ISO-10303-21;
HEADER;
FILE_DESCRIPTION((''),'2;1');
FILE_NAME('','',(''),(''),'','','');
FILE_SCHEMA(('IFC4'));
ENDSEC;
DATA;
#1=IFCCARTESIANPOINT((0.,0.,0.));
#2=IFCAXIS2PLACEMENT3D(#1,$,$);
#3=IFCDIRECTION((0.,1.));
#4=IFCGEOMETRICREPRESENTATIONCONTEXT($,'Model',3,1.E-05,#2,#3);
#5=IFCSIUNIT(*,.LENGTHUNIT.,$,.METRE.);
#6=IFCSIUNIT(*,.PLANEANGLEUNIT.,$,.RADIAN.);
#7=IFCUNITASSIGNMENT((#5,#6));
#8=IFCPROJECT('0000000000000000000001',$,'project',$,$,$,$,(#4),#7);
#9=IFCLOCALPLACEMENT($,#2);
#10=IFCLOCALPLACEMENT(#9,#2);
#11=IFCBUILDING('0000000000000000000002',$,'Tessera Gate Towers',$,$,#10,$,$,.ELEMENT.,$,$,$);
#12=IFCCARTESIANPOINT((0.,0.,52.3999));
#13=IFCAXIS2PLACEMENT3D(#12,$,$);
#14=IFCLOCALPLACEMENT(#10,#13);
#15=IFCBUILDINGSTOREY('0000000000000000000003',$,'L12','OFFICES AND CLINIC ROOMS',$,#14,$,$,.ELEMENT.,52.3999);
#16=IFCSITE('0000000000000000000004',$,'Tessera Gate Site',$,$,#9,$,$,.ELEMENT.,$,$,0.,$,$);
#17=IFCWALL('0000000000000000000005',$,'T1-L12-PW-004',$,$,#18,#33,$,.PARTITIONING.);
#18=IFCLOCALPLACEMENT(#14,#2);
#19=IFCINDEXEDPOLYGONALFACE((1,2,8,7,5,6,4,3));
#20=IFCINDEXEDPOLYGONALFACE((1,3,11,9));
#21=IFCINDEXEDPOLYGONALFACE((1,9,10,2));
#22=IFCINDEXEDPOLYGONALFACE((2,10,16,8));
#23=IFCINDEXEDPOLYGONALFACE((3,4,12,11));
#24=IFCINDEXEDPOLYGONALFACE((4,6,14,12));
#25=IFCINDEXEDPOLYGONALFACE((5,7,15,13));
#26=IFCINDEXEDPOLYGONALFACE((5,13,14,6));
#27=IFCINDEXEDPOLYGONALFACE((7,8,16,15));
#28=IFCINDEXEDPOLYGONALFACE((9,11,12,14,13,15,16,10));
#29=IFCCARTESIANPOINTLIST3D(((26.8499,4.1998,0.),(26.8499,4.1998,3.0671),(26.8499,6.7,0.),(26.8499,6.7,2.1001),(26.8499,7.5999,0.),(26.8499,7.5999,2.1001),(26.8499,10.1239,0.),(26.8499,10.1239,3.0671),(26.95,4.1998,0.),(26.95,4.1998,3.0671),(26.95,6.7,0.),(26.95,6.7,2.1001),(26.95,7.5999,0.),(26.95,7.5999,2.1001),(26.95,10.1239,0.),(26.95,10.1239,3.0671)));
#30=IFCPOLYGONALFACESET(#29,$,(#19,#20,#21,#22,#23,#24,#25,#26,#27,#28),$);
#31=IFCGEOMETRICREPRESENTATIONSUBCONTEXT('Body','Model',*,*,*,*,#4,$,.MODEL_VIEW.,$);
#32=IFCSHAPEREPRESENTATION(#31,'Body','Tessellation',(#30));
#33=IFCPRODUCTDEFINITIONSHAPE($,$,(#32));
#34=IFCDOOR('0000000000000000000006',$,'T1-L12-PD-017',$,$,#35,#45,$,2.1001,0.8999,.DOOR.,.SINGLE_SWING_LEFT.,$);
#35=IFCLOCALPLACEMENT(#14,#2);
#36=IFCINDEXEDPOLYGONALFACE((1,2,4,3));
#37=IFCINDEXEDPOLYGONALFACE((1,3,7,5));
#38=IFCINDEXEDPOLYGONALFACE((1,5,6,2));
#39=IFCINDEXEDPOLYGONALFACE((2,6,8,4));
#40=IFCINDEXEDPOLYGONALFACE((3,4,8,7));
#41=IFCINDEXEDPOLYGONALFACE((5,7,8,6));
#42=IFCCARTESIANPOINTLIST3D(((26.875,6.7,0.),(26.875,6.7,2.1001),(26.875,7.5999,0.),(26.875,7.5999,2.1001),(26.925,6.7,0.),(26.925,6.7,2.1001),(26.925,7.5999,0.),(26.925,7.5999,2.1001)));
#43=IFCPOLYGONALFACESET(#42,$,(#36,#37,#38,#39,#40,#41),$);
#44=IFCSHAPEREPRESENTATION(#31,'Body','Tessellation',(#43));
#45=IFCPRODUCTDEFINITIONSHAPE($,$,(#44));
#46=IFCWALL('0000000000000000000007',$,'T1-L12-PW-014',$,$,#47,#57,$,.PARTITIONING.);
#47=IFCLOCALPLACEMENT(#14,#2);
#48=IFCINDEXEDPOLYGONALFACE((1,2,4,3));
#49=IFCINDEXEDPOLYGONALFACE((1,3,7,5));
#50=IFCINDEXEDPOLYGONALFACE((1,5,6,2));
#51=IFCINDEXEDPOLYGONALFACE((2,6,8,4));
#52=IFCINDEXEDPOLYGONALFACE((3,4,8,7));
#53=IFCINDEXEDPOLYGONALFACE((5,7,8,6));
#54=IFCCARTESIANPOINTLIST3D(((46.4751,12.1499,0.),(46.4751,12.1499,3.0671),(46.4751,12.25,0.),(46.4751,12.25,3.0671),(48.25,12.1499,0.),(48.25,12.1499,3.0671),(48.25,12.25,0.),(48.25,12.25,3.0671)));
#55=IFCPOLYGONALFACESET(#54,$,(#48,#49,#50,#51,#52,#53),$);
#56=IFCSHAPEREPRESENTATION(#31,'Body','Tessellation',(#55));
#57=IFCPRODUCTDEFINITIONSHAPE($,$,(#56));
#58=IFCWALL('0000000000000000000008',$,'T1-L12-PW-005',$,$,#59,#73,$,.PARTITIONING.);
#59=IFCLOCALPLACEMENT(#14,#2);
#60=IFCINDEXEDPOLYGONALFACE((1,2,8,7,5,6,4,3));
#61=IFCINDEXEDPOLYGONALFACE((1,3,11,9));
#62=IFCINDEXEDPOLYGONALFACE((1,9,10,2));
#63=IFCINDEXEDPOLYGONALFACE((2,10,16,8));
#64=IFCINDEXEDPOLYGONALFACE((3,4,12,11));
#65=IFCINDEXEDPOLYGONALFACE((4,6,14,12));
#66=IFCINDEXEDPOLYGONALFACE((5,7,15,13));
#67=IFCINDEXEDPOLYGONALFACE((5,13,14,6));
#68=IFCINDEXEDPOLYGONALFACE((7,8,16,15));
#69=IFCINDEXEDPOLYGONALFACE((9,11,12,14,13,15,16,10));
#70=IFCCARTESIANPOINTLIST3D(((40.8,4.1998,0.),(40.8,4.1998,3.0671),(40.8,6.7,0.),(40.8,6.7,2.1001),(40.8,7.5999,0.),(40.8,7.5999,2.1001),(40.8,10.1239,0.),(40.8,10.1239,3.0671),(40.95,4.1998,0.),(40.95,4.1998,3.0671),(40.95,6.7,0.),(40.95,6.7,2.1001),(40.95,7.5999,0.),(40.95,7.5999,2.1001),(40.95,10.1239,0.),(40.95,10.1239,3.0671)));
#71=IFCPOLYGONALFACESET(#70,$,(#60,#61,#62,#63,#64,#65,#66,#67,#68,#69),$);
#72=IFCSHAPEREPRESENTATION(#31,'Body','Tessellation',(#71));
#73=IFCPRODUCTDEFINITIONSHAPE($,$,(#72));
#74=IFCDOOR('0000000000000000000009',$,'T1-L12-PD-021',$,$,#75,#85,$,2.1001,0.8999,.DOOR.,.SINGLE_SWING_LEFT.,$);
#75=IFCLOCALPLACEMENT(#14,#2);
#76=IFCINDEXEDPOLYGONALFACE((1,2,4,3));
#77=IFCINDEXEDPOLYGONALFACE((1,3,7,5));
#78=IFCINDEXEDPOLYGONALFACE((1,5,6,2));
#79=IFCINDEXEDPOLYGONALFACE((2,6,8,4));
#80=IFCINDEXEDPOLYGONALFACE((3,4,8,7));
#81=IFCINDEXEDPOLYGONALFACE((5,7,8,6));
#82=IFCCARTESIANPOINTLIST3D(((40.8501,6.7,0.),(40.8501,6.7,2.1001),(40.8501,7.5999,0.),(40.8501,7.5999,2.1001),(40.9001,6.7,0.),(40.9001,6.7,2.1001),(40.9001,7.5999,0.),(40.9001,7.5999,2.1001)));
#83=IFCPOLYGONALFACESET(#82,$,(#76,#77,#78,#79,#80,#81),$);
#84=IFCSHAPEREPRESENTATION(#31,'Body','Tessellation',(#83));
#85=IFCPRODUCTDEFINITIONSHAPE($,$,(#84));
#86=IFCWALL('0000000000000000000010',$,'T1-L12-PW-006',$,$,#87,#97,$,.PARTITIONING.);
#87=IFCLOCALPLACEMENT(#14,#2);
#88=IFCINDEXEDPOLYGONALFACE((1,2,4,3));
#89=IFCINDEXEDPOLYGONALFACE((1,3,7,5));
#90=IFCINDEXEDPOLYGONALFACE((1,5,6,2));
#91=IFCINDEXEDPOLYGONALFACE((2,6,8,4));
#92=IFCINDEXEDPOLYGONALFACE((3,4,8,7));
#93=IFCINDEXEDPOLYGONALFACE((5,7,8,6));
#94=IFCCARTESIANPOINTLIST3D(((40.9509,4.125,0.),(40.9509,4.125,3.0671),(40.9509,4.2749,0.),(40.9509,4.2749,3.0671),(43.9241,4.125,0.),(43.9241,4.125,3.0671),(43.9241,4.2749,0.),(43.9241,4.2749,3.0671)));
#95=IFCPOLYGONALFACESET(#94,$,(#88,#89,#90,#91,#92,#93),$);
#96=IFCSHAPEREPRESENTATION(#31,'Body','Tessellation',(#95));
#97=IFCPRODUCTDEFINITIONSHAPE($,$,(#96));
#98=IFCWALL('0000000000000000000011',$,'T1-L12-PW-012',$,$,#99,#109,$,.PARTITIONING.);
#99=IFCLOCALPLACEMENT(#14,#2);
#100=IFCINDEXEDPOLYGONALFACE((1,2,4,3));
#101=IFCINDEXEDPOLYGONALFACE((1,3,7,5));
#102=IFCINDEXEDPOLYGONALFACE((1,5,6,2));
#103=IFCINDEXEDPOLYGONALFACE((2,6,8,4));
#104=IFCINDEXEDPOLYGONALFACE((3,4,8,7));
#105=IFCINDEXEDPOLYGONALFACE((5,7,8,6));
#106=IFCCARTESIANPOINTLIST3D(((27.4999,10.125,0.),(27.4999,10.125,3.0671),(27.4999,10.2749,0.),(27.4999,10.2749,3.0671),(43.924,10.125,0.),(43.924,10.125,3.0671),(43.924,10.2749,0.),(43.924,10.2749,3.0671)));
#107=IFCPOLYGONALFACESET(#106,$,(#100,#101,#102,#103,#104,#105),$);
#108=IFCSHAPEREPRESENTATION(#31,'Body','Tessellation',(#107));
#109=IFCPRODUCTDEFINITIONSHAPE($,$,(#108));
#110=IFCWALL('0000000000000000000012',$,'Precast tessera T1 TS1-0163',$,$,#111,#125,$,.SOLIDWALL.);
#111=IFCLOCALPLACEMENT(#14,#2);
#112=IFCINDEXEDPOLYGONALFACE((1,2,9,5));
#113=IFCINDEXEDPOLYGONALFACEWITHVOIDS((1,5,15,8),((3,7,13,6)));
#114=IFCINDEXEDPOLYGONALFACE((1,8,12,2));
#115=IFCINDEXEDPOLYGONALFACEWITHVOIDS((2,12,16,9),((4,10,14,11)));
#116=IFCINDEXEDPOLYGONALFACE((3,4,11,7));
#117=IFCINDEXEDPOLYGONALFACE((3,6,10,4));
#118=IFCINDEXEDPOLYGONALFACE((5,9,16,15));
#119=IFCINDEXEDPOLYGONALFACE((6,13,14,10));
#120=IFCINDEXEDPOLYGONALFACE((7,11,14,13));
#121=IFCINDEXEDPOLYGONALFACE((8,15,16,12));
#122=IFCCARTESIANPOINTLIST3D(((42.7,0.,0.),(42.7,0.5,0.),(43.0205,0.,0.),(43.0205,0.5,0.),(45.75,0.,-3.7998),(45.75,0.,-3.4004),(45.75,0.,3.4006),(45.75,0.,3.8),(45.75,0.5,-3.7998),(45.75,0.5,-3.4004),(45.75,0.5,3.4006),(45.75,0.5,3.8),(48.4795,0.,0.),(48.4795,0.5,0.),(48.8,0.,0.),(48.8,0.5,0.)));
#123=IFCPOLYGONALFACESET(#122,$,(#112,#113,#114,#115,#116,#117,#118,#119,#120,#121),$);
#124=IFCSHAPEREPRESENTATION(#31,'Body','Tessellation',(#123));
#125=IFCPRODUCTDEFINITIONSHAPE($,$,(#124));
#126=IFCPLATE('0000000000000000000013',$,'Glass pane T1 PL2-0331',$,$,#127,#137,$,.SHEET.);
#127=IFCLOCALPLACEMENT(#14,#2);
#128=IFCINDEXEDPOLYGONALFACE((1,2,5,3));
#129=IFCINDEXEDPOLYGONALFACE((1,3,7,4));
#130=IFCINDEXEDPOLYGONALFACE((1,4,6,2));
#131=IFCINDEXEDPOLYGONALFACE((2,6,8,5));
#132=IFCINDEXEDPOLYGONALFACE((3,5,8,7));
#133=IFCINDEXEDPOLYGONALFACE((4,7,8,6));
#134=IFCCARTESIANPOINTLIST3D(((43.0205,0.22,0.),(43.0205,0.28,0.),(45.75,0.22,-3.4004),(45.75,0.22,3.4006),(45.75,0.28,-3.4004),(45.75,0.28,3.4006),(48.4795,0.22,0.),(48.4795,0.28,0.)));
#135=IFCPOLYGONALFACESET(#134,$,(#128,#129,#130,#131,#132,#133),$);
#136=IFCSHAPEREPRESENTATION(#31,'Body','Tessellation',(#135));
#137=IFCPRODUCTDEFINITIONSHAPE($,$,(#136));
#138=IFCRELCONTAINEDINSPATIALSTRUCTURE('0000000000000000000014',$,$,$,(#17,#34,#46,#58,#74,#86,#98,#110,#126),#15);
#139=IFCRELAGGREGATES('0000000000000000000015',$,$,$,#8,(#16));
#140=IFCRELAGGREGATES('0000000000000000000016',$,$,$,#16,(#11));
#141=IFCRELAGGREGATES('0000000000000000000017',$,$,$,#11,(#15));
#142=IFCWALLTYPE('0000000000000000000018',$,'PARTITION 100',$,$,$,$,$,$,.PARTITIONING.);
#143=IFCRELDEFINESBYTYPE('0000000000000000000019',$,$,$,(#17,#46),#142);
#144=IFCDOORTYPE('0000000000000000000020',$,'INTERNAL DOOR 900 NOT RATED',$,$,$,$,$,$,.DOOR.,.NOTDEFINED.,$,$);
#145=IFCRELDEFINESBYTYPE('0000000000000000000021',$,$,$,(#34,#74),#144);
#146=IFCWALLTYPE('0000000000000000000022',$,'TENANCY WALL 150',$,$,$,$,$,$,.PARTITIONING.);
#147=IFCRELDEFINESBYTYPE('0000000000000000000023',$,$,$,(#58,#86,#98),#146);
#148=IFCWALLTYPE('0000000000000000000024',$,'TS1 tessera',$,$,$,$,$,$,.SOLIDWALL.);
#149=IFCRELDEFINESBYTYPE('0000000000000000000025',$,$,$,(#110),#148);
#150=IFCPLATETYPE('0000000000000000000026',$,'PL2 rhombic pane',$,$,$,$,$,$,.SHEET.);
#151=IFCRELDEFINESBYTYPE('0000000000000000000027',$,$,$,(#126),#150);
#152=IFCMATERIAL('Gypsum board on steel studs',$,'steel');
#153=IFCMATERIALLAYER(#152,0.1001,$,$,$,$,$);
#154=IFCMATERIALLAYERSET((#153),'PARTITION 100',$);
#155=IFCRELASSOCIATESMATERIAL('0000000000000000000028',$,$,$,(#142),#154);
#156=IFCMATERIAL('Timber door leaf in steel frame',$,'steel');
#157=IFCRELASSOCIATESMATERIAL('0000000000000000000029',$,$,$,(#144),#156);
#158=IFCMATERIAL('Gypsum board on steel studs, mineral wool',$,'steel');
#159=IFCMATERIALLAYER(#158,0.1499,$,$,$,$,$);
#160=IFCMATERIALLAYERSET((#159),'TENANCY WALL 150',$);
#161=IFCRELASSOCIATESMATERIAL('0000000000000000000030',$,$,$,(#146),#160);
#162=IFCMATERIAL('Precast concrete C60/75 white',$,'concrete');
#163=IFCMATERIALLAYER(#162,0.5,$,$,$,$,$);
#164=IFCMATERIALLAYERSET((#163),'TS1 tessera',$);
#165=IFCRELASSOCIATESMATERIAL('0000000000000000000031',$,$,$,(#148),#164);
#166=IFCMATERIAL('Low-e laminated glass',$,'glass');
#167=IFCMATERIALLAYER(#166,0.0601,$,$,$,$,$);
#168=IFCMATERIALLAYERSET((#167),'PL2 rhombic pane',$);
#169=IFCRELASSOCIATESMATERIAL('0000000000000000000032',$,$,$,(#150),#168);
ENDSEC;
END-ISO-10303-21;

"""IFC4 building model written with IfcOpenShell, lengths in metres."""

from ifc_helpers import new_model, si_unit, direction, frame, frame_2d, origin, place, context, subcontext, project, spatial, polyline, rectangle, outline, extrude, source, transform, mapped, material, layer, layer_set, type_object, element, fill, save


model = new_model("IFC4")

# Units and contexts
model_context = context("Model", 3, precision=1e-05, world=origin(), true_north=direction((0.0, 1.0)))
body_context = subcontext(model_context, "Body", "Model", "MODEL_VIEW")
ifc_project = project(units=[si_unit("LENGTHUNIT", "METRE"), si_unit("PLANEANGLEUNIT", "RADIAN")], contexts=[model_context])

# Site, building, storey
site_placement = place(None, origin())
site = spatial("IfcSite", under=ifc_project, at=site_placement, Name="Tessera Gate Site", CompositionType="ELEMENT", RefElevation=0.0)
building_placement = place(site_placement, origin())
building = spatial("IfcBuilding", under=site, at=building_placement, Name="Tessera Gate Towers", CompositionType="ELEMENT")
storey_placement = place(building_placement, frame((0.0, 0.0, 52.3999)))
storey = spatial("IfcBuildingStorey", under=building, at=storey_placement, Name="L12", Description="OFFICES AND CLINIC ROOMS", CompositionType="ELEMENT", Elevation=52.3999)

# Shared definitions
shared_shape_1 = source(origin(), body_context, "Body", "SweptSolid", [
    extrude(rectangle(XDim=0.8999, YDim=2.1001, at=frame_2d((0.45, 1.05))), frame((0.0, 0.085, 0.0), z_axis=(0.0, -1.0, 0.0), x_axis=(1.0, 0.0, 0.0)), (0.0, 0.0, 1.0), 0.1699),
])
shared_shape_2 = source(origin(), body_context, "Body", "SweptSolid", [
    extrude(rectangle(XDim=0.8999, YDim=2.1001, at=frame_2d((0.45, 1.05))), frame((0.0, 0.0249, 0.0), z_axis=(0.0, -1.0, 0.0), x_axis=(1.0, 0.0, 0.0)), (0.0, 0.0, 1.0), 0.05),
])

# Wall, opening, door
shared_shape_3 = source(origin(), body_context, "Body", "SweptSolid", [
    extrude(rectangle(XDim=0.8999, YDim=2.1001, at=frame_2d((0.45, 1.05))), frame((0.0, 0.0601, 0.0), z_axis=(0.0, -1.0, 0.0), x_axis=(1.0, 0.0, 0.0)), (0.0, 0.0, 1.0), 0.1201),
])
ifc_material_1 = material(Name="Gypsum board on steel studs", Category="steel")
ifc_layer_1 = layer(ifc_material_1, 0.1001)
ifc_layer_set_1 = layer_set([ifc_layer_1], Name="PARTITION 100")
wall_type_1 = type_object("IfcWallType", Name="PARTITION 100", PredefinedType="PARTITIONING", material=ifc_layer_set_1)
wall_1_placement = place(storey_placement, frame((26.8999, 4.2, 0.0), z_axis=(0.0, 0.0, 1.0), x_axis=(0.0, 1.0, 0.0)))
wall_1 = element("IfcWall", 1, at=wall_1_placement, inside=storey, type_object=wall_type_1, Name="T1-L12-PW-004", PredefinedType="PARTITIONING", context=body_context, shape_type="SweptSolid", body=[
    extrude(rectangle(XDim=5.9241, YDim=0.1001, at=frame_2d((2.9619, 0.0))), origin(), (0.0, 0.0, 1.0), 3.0671),
])
opening_1_placement = place(wall_1_placement, frame((2.5, 0.0, 0.0)))
opening_1 = element("IfcOpeningElement", 2, at=opening_1_placement, cuts=wall_1, PredefinedType="OPENING", context=body_context, shape_type="MappedRepresentation", body=[
    mapped(shared_shape_3, transform((0.0, 0.0, 0.0), scale=1.0)),
])
ifc_material_2 = material(Name="Timber door leaf in steel frame", Category="steel")
door_type_1 = type_object("IfcDoorType", Name="INTERNAL DOOR 900 NOT RATED", OperationType="NOTDEFINED", PredefinedType="DOOR", material=ifc_material_2)
door_1_placement = place(opening_1_placement, origin())
door_1 = element("IfcDoor", 3, at=door_1_placement, inside=storey, type_object=door_type_1, Name="T1-L12-PD-017", OperationType="SINGLE_SWING_LEFT", OverallHeight=2.1001, OverallWidth=0.8999, PredefinedType="DOOR", context=body_context, shape_type="MappedRepresentation", body=[
    mapped(shared_shape_2, transform((0.0, 0.0, 0.0), scale=1.0)),
])
fill(opening_1, door_1)

# Wall
wall_2_placement = place(storey_placement, frame((48.25, 12.2, 0.0), z_axis=(0.0, 0.0, 1.0), x_axis=(-1.0, 0.0, 0.0)))
element("IfcWall", 4, at=wall_2_placement, inside=storey, type_object=wall_type_1, Name="T1-L12-PW-014", PredefinedType="PARTITIONING", context=body_context, shape_type="SweptSolid", body=[
    extrude(rectangle(XDim=1.7749, YDim=0.1001, at=frame_2d((0.8875, 0.0))), origin(), (0.0, 0.0, 1.0), 3.0671),
])

# Wall, opening, door
ifc_material_3 = material(Name="Gypsum board on steel studs, mineral wool", Category="steel")
ifc_layer_2 = layer(ifc_material_3, 0.1499)
ifc_layer_set_2 = layer_set([ifc_layer_2], Name="TENANCY WALL 150")
wall_type_2 = type_object("IfcWallType", Name="TENANCY WALL 150", PredefinedType="PARTITIONING", material=ifc_layer_set_2)
wall_3_placement = place(storey_placement, frame((40.875, 4.2, 0.0), z_axis=(0.0, 0.0, 1.0), x_axis=(0.0, 1.0, 0.0)))
wall_3 = element("IfcWall", 5, at=wall_3_placement, inside=storey, type_object=wall_type_2, Name="T1-L12-PW-005", PredefinedType="PARTITIONING", context=body_context, shape_type="SweptSolid", body=[
    extrude(rectangle(XDim=5.9241, YDim=0.1499, at=frame_2d((2.9619, 0.0))), origin(), (0.0, 0.0, 1.0), 3.0671),
])
opening_2_placement = place(wall_3_placement, frame((2.5, 0.0, 0.0)))
opening_2 = element("IfcOpeningElement", 6, at=opening_2_placement, cuts=wall_3, PredefinedType="OPENING", context=body_context, shape_type="MappedRepresentation", body=[
    mapped(shared_shape_1, transform((0.0, 0.0, 0.0), scale=1.0)),
])
door_2_placement = place(opening_2_placement, origin())
door_2 = element("IfcDoor", 7, at=door_2_placement, inside=storey, type_object=door_type_1, Name="T1-L12-PD-021", OperationType="SINGLE_SWING_LEFT", OverallHeight=2.1001, OverallWidth=0.8999, PredefinedType="DOOR", context=body_context, shape_type="MappedRepresentation", body=[
    mapped(shared_shape_2, transform((0.0, 0.0, 0.0), scale=1.0)),
])
fill(opening_2, door_2)

# Walls
wall_4_placement = place(storey_placement, frame((40.9509, 4.2, 0.0), z_axis=(0.0, 0.0, 1.0), x_axis=(1.0, 0.0, 0.0)))
element("IfcWall", 8, at=wall_4_placement, inside=storey, type_object=wall_type_2, Name="T1-L12-PW-006", PredefinedType="PARTITIONING", context=body_context, shape_type="SweptSolid", body=[
    extrude(rectangle(XDim=2.9731, YDim=0.1499, at=frame_2d((1.4866, 0.0))), origin(), (0.0, 0.0, 1.0), 3.0671),
])
wall_5_placement = place(storey_placement, frame((27.5, 10.2, 0.0), z_axis=(0.0, 0.0, 1.0), x_axis=(1.0, 0.0, 0.0)))
element("IfcWall", 9, at=wall_5_placement, inside=storey, type_object=wall_type_2, Name="T1-L12-PW-012", PredefinedType="PARTITIONING", context=body_context, shape_type="SweptSolid", body=[
    extrude(rectangle(XDim=16.4241, YDim=0.1499, at=frame_2d((8.2119, 0.0))), origin(), (0.0, 0.0, 1.0), 3.0671),
])

# Wall, opening, plate
ifc_material_4 = material(Name="Precast concrete C60/75 white", Category="concrete")
ifc_layer_3 = layer(ifc_material_4, 0.5)
ifc_layer_set_3 = layer_set([ifc_layer_3], Name="TS1 tessera")
wall_type_3 = type_object("IfcWallType", Name="TS1 tessera", PredefinedType="SOLIDWALL", material=ifc_layer_set_3)
shared_shape_4 = source(origin(), body_context, "Body", "SweptSolid", [
    extrude(outline(polyline([(3.05, 0.0), (6.1001, 3.7998), (3.05, 7.5999), (0.0, 3.7998), (3.05, 0.0)])), frame((0.0, 0.25, 0.0), z_axis=(0.0, -1.0, 0.0), x_axis=(1.0, 0.0, 0.0)), (0.0, 0.0, 1.0), 0.5),
])
wall_6_placement = place(storey_placement, frame((42.7, 0.25, -3.7998), z_axis=(0.0, 0.0, 1.0), x_axis=(1.0, 0.0, 0.0)))
wall_6 = element("IfcWall", 10, at=wall_6_placement, inside=storey, type_object=wall_type_3, Name="Precast tessera T1 TS1-0163", PredefinedType="SOLIDWALL", context=body_context, shape_type="MappedRepresentation", body=[
    mapped(shared_shape_4, transform((0.0, 0.0, 0.0), scale=1.0)),
])
shared_shape_5 = source(origin(), body_context, "Body", "SweptSolid", [
    extrude(outline(polyline([(3.05, 0.3994), (5.7795, 3.7998), (3.05, 7.2004), (0.3206, 3.7998), (3.05, 0.3994)])), frame((0.0, 0.26, 0.0), z_axis=(0.0, -1.0, 0.0), x_axis=(1.0, 0.0, 0.0)), (0.0, 0.0, 1.0), 0.52),
])
opening_3_placement = place(wall_6_placement, origin())
opening_3 = element("IfcOpeningElement", 11, at=opening_3_placement, cuts=wall_6, PredefinedType="OPENING", context=body_context, shape_type="MappedRepresentation", body=[
    mapped(shared_shape_5, transform((0.0, 0.0, 0.0), scale=1.0)),
])
ifc_material_5 = material(Name="Low-e laminated glass", Category="glass")
ifc_layer_4 = layer(ifc_material_5, 0.0601)
ifc_layer_set_4 = layer_set([ifc_layer_4], Name="PL2 rhombic pane")
plate_type = type_object("IfcPlateType", Name="PL2 rhombic pane", PredefinedType="SHEET", material=ifc_layer_set_4)
shared_shape_6 = source(origin(), body_context, "Body", "SweptSolid", [
    extrude(outline(polyline([(3.05, 0.3994), (5.7795, 3.7998), (3.05, 7.2004), (0.3206, 3.7998), (3.05, 0.3994)])), frame((0.0, 0.03, 0.0), z_axis=(0.0, -1.0, 0.0), x_axis=(1.0, 0.0, 0.0)), (0.0, 0.0, 1.0), 0.0601),
])
plate_placement = place(opening_3_placement, origin())
plate = element("IfcPlate", 12, at=plate_placement, inside=storey, type_object=plate_type, Name="Glass pane T1 PL2-0331", PredefinedType="SHEET", context=body_context, shape_type="MappedRepresentation", body=[
    mapped(shared_shape_6, transform((0.0, 0.0, 0.0), scale=1.0)),
])
fill(opening_3, plate)

save(model, "model.ifc")
